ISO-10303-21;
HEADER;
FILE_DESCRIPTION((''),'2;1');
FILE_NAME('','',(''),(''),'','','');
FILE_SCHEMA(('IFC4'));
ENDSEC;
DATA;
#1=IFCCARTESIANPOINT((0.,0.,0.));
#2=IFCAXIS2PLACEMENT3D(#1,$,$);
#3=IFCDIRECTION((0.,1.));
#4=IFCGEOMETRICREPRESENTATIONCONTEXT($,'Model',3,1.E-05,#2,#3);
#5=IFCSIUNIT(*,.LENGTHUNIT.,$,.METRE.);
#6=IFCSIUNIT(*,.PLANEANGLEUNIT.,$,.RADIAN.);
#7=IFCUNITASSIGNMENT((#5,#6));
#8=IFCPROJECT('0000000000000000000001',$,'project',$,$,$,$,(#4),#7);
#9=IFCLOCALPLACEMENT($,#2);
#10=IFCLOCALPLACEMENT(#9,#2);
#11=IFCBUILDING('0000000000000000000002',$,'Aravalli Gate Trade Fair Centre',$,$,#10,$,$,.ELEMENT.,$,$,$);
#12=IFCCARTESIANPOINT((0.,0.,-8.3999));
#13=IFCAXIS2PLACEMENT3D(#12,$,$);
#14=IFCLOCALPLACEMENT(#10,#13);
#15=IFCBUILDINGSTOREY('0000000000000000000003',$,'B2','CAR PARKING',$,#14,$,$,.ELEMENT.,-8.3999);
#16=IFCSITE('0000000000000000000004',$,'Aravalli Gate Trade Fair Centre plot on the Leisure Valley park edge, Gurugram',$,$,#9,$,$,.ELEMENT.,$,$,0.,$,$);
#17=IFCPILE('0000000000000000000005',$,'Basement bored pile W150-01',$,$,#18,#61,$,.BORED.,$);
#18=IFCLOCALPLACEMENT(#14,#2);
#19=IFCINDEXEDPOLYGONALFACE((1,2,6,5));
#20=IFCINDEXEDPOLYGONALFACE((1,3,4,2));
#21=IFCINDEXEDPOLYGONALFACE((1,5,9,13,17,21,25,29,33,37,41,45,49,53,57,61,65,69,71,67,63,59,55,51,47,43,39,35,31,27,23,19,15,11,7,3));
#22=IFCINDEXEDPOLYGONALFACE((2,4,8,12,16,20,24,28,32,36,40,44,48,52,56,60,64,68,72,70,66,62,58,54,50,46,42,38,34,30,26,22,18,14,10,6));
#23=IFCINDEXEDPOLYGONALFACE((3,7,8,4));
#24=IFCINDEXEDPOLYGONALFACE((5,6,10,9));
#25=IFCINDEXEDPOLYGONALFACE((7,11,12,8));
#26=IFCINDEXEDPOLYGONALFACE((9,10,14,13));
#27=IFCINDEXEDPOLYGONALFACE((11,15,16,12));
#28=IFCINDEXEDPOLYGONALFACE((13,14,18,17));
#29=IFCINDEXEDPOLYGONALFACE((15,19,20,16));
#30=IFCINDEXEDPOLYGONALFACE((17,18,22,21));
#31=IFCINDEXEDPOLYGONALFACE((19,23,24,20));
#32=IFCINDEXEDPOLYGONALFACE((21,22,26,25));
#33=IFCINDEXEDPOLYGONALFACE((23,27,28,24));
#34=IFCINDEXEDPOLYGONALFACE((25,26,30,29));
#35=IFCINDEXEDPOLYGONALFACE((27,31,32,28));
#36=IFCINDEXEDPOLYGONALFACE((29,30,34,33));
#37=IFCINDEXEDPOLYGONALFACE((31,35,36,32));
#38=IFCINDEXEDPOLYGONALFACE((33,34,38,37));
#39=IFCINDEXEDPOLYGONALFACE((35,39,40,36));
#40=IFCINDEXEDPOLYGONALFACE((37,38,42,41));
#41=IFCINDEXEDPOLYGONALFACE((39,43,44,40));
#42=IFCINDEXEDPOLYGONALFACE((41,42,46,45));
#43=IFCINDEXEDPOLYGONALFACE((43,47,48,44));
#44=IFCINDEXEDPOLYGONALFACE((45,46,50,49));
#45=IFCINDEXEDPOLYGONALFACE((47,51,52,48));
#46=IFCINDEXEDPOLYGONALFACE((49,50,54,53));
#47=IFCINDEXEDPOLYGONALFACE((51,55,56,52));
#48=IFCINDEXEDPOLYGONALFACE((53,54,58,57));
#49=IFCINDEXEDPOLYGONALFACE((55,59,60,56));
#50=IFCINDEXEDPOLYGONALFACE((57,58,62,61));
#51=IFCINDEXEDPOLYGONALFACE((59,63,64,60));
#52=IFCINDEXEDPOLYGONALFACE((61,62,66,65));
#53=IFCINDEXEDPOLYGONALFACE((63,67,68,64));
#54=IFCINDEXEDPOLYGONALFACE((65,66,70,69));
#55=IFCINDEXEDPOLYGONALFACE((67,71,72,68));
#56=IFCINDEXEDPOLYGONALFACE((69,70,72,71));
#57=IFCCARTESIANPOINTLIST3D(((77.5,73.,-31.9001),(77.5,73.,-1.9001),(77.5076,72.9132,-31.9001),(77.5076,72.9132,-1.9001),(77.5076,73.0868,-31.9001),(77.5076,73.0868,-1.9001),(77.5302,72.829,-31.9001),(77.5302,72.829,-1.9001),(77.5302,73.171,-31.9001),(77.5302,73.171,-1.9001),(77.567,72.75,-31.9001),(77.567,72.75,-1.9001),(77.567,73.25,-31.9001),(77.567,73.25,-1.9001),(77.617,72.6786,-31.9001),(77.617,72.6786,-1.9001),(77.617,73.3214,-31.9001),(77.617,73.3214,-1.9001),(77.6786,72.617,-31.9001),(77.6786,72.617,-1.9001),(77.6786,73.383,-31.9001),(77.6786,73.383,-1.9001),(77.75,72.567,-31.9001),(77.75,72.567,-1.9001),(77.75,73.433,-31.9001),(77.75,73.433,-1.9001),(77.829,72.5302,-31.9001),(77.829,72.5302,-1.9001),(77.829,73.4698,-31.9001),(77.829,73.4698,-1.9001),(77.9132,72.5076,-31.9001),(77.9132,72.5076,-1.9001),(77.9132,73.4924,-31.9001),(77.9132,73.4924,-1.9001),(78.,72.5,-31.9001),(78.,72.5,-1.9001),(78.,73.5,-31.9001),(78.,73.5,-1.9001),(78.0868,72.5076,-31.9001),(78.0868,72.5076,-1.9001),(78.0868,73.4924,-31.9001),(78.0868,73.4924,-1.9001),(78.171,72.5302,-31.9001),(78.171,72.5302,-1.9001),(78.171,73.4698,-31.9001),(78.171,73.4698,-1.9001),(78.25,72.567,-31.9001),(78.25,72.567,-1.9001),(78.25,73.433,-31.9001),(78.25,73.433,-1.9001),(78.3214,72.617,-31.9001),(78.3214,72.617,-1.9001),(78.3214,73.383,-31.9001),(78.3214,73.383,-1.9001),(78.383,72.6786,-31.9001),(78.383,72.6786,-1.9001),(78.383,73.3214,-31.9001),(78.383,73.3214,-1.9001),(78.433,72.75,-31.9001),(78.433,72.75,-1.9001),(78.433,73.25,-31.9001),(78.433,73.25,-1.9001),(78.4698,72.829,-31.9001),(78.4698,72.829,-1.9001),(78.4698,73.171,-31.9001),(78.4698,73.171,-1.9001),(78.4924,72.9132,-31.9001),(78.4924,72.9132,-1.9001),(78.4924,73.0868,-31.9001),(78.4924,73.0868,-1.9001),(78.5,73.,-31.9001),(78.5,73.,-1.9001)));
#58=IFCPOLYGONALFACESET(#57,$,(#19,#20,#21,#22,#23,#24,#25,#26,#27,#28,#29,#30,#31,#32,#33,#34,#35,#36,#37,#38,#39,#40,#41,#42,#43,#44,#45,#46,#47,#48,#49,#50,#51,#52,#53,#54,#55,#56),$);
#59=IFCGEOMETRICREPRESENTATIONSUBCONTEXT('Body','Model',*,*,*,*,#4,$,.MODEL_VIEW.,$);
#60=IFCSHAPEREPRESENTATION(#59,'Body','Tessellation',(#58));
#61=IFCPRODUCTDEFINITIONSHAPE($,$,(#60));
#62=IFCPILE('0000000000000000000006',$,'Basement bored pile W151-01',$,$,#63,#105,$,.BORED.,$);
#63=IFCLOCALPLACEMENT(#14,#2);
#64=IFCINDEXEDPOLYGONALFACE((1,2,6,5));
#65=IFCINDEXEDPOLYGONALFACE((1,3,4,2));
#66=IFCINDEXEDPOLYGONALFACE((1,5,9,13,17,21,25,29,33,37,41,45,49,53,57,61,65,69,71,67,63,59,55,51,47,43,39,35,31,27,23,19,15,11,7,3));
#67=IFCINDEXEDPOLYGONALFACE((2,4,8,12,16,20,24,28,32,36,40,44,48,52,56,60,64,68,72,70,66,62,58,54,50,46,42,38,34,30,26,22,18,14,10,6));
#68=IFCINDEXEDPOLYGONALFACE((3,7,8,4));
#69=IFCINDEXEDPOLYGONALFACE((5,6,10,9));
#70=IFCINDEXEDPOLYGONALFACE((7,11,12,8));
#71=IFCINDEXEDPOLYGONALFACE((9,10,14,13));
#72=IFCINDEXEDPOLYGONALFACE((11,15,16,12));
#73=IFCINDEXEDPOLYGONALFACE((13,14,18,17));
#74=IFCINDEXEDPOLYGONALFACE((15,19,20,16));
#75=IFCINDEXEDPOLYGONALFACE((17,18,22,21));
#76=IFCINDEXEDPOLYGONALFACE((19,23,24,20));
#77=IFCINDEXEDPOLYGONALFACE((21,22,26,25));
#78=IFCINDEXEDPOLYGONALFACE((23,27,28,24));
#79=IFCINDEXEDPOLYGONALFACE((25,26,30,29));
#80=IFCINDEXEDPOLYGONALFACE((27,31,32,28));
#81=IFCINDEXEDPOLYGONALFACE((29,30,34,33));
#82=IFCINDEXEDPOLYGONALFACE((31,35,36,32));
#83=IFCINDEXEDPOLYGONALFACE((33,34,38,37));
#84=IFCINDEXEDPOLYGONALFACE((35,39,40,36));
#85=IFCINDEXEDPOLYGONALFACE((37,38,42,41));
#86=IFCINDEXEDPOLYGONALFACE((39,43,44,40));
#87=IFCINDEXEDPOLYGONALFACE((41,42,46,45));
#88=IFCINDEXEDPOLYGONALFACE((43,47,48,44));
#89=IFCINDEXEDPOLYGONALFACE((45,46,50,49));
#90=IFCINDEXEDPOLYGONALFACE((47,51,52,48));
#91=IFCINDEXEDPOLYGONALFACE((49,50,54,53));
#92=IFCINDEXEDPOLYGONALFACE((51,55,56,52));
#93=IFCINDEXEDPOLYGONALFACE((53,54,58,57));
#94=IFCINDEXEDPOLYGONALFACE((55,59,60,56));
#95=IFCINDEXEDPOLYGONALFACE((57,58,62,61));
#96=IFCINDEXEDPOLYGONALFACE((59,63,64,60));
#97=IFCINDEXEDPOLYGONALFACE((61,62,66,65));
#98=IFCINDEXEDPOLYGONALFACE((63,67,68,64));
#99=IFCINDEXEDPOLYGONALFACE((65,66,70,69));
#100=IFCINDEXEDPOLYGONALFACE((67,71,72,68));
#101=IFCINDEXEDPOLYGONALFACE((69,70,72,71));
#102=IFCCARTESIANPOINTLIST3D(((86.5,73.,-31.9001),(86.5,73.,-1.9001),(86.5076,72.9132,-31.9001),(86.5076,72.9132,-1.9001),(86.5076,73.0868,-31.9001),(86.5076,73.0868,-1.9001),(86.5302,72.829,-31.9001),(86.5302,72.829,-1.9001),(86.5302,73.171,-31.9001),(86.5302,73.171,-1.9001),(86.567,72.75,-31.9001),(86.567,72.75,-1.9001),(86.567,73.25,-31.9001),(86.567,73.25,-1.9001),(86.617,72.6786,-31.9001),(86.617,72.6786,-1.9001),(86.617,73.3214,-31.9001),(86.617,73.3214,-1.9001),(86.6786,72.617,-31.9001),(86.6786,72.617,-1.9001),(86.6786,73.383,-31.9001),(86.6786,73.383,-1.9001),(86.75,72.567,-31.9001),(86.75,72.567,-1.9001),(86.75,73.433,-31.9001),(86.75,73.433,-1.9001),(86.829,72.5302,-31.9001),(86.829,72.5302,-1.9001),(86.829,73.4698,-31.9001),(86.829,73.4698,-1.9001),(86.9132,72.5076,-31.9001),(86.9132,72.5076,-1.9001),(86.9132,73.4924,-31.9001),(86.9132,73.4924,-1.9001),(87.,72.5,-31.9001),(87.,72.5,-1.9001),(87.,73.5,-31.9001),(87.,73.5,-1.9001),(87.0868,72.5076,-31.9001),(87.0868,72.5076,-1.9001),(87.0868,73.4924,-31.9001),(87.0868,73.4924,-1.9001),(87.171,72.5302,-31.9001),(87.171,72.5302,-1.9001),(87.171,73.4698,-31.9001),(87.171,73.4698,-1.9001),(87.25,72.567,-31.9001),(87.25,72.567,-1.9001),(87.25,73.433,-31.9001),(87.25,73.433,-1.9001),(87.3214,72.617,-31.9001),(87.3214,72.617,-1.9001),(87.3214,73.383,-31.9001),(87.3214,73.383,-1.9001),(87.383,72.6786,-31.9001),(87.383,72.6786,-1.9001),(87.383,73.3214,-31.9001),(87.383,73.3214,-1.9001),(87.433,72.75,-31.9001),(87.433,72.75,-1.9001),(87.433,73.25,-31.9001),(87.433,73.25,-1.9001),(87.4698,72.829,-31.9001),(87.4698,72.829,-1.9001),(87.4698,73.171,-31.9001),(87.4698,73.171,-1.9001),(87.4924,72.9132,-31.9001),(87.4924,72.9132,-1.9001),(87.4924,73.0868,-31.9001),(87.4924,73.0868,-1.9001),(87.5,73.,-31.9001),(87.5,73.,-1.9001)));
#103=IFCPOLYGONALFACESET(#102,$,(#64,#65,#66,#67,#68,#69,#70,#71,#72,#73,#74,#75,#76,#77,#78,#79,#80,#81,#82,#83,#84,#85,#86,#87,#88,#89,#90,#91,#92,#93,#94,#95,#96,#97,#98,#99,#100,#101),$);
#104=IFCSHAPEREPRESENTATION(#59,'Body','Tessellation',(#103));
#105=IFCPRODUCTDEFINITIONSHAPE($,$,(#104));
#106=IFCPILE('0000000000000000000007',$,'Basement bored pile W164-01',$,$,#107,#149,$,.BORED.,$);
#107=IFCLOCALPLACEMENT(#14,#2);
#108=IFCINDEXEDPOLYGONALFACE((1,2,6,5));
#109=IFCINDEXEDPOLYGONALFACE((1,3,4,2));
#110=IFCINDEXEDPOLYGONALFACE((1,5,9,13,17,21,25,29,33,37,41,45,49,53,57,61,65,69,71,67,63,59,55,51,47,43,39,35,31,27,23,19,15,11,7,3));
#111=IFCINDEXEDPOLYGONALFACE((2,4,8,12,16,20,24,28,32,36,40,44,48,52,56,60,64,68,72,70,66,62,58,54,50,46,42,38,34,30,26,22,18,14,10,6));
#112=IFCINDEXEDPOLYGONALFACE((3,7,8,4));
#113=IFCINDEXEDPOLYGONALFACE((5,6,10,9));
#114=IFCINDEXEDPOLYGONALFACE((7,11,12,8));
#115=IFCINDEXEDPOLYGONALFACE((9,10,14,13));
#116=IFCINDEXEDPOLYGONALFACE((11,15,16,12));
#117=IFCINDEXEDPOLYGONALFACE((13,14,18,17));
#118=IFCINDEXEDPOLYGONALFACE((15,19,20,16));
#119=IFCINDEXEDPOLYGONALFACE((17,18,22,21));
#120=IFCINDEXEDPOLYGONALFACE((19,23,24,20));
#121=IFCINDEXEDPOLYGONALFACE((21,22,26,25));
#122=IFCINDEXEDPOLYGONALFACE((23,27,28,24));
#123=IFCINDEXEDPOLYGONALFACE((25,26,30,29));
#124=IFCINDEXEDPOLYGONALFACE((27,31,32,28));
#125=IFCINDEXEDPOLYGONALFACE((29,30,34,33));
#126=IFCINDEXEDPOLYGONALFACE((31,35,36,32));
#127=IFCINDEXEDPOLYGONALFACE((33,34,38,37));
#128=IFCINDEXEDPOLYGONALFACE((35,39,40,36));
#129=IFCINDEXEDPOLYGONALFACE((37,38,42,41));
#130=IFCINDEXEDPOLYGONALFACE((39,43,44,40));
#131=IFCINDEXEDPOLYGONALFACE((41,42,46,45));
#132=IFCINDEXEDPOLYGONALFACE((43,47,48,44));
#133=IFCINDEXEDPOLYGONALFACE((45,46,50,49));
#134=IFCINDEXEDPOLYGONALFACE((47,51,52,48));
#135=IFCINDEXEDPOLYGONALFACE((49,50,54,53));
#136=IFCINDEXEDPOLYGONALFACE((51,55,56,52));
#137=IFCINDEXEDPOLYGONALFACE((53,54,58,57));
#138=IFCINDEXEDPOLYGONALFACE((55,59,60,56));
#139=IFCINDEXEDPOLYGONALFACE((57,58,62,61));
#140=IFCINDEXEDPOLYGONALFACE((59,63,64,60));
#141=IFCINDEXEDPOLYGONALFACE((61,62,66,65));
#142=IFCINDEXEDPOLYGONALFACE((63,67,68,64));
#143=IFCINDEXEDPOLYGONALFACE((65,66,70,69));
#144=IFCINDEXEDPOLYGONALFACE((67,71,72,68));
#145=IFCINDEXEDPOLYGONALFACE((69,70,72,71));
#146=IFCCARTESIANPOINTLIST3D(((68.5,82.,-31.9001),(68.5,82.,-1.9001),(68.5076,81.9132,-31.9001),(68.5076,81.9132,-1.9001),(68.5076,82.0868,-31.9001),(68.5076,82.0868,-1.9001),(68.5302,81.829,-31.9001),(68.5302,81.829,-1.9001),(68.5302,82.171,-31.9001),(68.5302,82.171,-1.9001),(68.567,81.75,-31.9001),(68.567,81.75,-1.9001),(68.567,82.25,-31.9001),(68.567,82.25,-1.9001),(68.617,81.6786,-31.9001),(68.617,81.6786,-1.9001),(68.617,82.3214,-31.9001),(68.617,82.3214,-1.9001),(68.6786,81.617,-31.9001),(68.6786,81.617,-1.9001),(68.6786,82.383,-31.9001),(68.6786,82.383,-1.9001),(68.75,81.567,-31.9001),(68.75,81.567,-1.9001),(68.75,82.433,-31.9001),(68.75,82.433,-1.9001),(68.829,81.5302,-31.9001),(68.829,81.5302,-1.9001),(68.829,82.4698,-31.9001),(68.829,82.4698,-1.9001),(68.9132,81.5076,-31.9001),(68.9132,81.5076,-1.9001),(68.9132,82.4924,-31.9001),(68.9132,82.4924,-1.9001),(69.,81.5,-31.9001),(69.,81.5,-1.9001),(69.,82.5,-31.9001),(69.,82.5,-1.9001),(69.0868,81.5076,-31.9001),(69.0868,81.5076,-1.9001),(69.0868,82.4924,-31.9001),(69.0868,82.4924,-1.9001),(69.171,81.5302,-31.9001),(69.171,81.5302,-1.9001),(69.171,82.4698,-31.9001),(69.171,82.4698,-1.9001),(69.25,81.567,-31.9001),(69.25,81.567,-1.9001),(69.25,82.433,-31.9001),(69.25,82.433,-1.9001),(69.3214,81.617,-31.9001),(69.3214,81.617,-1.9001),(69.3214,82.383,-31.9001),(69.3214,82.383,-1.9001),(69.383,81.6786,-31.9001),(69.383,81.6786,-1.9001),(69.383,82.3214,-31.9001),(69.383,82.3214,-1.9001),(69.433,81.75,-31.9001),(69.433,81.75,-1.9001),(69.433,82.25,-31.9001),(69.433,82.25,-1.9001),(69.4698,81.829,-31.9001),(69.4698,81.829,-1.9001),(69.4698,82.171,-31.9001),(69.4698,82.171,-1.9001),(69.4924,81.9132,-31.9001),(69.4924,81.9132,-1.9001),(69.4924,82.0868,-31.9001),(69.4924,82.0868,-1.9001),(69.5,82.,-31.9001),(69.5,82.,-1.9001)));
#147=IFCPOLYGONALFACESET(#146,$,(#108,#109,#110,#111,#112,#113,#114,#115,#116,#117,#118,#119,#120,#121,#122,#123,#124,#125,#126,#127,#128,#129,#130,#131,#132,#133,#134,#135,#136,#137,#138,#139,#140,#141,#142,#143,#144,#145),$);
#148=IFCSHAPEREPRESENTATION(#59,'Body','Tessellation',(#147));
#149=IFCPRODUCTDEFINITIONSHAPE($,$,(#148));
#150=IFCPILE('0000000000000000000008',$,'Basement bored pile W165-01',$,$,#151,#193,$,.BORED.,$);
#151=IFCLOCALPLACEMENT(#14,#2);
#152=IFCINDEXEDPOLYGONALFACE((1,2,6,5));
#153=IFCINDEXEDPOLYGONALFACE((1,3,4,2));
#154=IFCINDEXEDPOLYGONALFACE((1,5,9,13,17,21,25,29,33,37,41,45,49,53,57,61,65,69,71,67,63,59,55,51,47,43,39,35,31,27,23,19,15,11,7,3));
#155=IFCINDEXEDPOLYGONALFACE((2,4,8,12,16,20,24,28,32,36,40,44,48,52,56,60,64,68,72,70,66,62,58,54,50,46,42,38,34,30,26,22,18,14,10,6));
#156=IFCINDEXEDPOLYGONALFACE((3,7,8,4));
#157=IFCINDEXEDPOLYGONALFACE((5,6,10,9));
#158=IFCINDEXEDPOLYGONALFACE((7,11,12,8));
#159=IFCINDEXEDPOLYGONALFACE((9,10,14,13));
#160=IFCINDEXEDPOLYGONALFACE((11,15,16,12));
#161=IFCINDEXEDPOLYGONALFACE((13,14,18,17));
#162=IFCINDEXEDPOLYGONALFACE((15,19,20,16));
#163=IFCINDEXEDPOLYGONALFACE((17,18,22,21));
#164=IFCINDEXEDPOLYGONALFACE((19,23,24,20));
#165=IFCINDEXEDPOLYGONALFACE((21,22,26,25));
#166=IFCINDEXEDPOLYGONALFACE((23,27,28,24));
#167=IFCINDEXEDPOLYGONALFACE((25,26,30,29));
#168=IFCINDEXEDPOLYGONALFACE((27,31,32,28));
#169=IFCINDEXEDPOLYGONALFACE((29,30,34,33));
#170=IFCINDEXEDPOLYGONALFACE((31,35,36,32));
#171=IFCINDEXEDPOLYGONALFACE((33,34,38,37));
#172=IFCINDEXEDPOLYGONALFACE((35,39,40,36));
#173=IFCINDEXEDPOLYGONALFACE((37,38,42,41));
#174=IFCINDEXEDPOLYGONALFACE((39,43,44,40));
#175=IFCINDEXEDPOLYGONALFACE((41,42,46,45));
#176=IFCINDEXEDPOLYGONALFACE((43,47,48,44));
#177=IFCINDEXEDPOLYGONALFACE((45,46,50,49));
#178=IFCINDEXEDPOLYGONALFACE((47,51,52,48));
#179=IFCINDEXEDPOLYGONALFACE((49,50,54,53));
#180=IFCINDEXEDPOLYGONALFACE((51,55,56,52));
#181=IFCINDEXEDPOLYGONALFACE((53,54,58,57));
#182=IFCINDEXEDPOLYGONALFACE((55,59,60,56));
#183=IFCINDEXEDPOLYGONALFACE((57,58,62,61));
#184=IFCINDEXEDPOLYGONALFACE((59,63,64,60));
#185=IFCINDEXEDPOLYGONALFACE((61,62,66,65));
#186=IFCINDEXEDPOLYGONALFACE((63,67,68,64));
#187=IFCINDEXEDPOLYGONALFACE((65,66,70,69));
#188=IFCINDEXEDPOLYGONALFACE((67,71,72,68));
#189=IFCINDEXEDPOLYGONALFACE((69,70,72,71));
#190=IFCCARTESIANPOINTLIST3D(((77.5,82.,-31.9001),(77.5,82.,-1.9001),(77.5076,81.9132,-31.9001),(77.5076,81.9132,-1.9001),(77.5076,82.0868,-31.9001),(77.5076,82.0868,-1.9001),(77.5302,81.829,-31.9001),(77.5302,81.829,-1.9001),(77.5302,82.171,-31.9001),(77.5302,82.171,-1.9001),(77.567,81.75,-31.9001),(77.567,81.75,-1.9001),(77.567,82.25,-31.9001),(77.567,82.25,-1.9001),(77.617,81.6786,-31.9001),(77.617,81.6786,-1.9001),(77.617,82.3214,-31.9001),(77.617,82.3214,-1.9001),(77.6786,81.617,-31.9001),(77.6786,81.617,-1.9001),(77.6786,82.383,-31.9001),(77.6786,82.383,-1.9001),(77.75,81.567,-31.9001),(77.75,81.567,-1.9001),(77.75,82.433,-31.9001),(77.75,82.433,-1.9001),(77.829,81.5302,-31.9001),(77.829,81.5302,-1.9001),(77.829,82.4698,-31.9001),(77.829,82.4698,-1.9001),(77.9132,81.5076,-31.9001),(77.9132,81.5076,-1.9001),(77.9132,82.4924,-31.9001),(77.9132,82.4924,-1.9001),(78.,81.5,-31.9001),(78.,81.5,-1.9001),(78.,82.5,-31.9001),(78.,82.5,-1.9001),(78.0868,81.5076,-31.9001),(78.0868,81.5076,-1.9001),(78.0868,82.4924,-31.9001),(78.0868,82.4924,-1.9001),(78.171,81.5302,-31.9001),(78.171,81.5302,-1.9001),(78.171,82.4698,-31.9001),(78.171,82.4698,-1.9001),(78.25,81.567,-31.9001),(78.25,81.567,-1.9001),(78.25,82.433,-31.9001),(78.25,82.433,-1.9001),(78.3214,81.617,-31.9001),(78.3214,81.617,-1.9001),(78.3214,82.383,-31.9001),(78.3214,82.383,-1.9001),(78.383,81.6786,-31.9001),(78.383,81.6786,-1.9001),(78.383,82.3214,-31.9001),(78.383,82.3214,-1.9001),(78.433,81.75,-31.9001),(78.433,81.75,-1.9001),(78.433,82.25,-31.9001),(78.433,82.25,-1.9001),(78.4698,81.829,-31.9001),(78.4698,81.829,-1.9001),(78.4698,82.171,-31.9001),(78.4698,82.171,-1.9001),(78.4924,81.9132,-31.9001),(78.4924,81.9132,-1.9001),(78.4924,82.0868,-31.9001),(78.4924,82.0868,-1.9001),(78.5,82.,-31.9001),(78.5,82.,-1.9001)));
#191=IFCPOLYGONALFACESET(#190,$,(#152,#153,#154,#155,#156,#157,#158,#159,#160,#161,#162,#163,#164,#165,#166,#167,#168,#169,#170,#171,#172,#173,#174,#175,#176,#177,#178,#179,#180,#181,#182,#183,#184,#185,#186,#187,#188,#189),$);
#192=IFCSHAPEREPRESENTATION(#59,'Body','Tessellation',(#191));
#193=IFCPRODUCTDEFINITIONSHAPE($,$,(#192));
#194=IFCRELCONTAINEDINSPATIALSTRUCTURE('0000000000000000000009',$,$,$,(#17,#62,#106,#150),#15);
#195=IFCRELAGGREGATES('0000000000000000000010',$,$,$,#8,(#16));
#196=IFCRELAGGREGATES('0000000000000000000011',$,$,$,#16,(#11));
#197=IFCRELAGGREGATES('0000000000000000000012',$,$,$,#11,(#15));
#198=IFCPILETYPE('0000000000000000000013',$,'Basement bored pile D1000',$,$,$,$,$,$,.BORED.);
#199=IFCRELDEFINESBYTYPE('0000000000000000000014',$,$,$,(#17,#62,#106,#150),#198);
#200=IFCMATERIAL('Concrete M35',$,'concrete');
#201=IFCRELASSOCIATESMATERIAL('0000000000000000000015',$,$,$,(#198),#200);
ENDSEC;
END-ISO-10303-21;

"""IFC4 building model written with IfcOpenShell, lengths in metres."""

from ifc_helpers import new_model, si_unit, direction, frame, origin, origin_2d, place, context, subcontext, project, spatial, circle, extrude, material, material_profile, profile_set, type_object, element, save


model = new_model("IFC4")

# Units and contexts
model_context = context("Model", 3, precision=1e-05, world=origin(), true_north=direction((0.0, 1.0)))
body_context = subcontext(model_context, "Body", "Model", "MODEL_VIEW")
ifc_project = project(units=[si_unit("LENGTHUNIT", "METRE"), si_unit("PLANEANGLEUNIT", "RADIAN")], contexts=[model_context])

# Site, building, storey
site_placement = place(None, origin())
site = spatial("IfcSite", under=ifc_project, at=site_placement, Name="Aravalli Gate Trade Fair Centre plot on the Leisure Valley park edge, Gurugram", CompositionType="ELEMENT", RefElevation=0.0)
building_placement = place(site_placement, origin())
building = spatial("IfcBuilding", under=site, at=building_placement, Name="Aravalli Gate Trade Fair Centre", CompositionType="ELEMENT")
storey_placement = place(building_placement, frame((0.0, 0.0, -8.3999)))
storey = spatial("IfcBuildingStorey", under=building, at=storey_placement, Name="B2", Description="CAR PARKING", CompositionType="ELEMENT", Elevation=-8.3999)

# Piles
ifc_material_1 = material(Name="Concrete M35", Category="concrete")
ifc_material_profile_1 = material_profile(ifc_material_1, circle(Radius=0.5, at=origin_2d()), Name="D1000")
ifc_profile_set_1 = profile_set([ifc_material_profile_1], Name="Concrete M35")
pile_type = type_object("IfcPileType", Name="Basement bored pile D1000", PredefinedType="BORED", material=ifc_profile_set_1)
for number, where, z_axis, x_axis, name in (
    (1, (78.0, 73.0, -1.9001), (0.0, 0.0, -1.0), (1.0, 0.0, 0.0), "Basement bored pile W150-01"),
    (2, (87.0, 73.0, -1.9001), (0.0, 0.0, -1.0), (1.0, 0.0, 0.0), "Basement bored pile W151-01"),
    (3, (69.0, 82.0, -1.9001), (0.0, 0.0, -1.0), (1.0, 0.0, 0.0), "Basement bored pile W164-01"),
    (4, (78.0, 82.0, -1.9001), (0.0, 0.0, -1.0), (1.0, 0.0, 0.0), "Basement bored pile W165-01"),
):
    element("IfcPile", number, at=place(storey_placement, frame(where, z_axis=z_axis, x_axis=x_axis)), inside=storey, type_object=pile_type, Name=name, PredefinedType="BORED", context=body_context, shape_type="SweptSolid", body=[
        extrude(circle(Radius=0.5, at=origin_2d()), origin(), (0.0, 0.0, 1.0), 30.0),
    ])

save(model, "model.ifc")
